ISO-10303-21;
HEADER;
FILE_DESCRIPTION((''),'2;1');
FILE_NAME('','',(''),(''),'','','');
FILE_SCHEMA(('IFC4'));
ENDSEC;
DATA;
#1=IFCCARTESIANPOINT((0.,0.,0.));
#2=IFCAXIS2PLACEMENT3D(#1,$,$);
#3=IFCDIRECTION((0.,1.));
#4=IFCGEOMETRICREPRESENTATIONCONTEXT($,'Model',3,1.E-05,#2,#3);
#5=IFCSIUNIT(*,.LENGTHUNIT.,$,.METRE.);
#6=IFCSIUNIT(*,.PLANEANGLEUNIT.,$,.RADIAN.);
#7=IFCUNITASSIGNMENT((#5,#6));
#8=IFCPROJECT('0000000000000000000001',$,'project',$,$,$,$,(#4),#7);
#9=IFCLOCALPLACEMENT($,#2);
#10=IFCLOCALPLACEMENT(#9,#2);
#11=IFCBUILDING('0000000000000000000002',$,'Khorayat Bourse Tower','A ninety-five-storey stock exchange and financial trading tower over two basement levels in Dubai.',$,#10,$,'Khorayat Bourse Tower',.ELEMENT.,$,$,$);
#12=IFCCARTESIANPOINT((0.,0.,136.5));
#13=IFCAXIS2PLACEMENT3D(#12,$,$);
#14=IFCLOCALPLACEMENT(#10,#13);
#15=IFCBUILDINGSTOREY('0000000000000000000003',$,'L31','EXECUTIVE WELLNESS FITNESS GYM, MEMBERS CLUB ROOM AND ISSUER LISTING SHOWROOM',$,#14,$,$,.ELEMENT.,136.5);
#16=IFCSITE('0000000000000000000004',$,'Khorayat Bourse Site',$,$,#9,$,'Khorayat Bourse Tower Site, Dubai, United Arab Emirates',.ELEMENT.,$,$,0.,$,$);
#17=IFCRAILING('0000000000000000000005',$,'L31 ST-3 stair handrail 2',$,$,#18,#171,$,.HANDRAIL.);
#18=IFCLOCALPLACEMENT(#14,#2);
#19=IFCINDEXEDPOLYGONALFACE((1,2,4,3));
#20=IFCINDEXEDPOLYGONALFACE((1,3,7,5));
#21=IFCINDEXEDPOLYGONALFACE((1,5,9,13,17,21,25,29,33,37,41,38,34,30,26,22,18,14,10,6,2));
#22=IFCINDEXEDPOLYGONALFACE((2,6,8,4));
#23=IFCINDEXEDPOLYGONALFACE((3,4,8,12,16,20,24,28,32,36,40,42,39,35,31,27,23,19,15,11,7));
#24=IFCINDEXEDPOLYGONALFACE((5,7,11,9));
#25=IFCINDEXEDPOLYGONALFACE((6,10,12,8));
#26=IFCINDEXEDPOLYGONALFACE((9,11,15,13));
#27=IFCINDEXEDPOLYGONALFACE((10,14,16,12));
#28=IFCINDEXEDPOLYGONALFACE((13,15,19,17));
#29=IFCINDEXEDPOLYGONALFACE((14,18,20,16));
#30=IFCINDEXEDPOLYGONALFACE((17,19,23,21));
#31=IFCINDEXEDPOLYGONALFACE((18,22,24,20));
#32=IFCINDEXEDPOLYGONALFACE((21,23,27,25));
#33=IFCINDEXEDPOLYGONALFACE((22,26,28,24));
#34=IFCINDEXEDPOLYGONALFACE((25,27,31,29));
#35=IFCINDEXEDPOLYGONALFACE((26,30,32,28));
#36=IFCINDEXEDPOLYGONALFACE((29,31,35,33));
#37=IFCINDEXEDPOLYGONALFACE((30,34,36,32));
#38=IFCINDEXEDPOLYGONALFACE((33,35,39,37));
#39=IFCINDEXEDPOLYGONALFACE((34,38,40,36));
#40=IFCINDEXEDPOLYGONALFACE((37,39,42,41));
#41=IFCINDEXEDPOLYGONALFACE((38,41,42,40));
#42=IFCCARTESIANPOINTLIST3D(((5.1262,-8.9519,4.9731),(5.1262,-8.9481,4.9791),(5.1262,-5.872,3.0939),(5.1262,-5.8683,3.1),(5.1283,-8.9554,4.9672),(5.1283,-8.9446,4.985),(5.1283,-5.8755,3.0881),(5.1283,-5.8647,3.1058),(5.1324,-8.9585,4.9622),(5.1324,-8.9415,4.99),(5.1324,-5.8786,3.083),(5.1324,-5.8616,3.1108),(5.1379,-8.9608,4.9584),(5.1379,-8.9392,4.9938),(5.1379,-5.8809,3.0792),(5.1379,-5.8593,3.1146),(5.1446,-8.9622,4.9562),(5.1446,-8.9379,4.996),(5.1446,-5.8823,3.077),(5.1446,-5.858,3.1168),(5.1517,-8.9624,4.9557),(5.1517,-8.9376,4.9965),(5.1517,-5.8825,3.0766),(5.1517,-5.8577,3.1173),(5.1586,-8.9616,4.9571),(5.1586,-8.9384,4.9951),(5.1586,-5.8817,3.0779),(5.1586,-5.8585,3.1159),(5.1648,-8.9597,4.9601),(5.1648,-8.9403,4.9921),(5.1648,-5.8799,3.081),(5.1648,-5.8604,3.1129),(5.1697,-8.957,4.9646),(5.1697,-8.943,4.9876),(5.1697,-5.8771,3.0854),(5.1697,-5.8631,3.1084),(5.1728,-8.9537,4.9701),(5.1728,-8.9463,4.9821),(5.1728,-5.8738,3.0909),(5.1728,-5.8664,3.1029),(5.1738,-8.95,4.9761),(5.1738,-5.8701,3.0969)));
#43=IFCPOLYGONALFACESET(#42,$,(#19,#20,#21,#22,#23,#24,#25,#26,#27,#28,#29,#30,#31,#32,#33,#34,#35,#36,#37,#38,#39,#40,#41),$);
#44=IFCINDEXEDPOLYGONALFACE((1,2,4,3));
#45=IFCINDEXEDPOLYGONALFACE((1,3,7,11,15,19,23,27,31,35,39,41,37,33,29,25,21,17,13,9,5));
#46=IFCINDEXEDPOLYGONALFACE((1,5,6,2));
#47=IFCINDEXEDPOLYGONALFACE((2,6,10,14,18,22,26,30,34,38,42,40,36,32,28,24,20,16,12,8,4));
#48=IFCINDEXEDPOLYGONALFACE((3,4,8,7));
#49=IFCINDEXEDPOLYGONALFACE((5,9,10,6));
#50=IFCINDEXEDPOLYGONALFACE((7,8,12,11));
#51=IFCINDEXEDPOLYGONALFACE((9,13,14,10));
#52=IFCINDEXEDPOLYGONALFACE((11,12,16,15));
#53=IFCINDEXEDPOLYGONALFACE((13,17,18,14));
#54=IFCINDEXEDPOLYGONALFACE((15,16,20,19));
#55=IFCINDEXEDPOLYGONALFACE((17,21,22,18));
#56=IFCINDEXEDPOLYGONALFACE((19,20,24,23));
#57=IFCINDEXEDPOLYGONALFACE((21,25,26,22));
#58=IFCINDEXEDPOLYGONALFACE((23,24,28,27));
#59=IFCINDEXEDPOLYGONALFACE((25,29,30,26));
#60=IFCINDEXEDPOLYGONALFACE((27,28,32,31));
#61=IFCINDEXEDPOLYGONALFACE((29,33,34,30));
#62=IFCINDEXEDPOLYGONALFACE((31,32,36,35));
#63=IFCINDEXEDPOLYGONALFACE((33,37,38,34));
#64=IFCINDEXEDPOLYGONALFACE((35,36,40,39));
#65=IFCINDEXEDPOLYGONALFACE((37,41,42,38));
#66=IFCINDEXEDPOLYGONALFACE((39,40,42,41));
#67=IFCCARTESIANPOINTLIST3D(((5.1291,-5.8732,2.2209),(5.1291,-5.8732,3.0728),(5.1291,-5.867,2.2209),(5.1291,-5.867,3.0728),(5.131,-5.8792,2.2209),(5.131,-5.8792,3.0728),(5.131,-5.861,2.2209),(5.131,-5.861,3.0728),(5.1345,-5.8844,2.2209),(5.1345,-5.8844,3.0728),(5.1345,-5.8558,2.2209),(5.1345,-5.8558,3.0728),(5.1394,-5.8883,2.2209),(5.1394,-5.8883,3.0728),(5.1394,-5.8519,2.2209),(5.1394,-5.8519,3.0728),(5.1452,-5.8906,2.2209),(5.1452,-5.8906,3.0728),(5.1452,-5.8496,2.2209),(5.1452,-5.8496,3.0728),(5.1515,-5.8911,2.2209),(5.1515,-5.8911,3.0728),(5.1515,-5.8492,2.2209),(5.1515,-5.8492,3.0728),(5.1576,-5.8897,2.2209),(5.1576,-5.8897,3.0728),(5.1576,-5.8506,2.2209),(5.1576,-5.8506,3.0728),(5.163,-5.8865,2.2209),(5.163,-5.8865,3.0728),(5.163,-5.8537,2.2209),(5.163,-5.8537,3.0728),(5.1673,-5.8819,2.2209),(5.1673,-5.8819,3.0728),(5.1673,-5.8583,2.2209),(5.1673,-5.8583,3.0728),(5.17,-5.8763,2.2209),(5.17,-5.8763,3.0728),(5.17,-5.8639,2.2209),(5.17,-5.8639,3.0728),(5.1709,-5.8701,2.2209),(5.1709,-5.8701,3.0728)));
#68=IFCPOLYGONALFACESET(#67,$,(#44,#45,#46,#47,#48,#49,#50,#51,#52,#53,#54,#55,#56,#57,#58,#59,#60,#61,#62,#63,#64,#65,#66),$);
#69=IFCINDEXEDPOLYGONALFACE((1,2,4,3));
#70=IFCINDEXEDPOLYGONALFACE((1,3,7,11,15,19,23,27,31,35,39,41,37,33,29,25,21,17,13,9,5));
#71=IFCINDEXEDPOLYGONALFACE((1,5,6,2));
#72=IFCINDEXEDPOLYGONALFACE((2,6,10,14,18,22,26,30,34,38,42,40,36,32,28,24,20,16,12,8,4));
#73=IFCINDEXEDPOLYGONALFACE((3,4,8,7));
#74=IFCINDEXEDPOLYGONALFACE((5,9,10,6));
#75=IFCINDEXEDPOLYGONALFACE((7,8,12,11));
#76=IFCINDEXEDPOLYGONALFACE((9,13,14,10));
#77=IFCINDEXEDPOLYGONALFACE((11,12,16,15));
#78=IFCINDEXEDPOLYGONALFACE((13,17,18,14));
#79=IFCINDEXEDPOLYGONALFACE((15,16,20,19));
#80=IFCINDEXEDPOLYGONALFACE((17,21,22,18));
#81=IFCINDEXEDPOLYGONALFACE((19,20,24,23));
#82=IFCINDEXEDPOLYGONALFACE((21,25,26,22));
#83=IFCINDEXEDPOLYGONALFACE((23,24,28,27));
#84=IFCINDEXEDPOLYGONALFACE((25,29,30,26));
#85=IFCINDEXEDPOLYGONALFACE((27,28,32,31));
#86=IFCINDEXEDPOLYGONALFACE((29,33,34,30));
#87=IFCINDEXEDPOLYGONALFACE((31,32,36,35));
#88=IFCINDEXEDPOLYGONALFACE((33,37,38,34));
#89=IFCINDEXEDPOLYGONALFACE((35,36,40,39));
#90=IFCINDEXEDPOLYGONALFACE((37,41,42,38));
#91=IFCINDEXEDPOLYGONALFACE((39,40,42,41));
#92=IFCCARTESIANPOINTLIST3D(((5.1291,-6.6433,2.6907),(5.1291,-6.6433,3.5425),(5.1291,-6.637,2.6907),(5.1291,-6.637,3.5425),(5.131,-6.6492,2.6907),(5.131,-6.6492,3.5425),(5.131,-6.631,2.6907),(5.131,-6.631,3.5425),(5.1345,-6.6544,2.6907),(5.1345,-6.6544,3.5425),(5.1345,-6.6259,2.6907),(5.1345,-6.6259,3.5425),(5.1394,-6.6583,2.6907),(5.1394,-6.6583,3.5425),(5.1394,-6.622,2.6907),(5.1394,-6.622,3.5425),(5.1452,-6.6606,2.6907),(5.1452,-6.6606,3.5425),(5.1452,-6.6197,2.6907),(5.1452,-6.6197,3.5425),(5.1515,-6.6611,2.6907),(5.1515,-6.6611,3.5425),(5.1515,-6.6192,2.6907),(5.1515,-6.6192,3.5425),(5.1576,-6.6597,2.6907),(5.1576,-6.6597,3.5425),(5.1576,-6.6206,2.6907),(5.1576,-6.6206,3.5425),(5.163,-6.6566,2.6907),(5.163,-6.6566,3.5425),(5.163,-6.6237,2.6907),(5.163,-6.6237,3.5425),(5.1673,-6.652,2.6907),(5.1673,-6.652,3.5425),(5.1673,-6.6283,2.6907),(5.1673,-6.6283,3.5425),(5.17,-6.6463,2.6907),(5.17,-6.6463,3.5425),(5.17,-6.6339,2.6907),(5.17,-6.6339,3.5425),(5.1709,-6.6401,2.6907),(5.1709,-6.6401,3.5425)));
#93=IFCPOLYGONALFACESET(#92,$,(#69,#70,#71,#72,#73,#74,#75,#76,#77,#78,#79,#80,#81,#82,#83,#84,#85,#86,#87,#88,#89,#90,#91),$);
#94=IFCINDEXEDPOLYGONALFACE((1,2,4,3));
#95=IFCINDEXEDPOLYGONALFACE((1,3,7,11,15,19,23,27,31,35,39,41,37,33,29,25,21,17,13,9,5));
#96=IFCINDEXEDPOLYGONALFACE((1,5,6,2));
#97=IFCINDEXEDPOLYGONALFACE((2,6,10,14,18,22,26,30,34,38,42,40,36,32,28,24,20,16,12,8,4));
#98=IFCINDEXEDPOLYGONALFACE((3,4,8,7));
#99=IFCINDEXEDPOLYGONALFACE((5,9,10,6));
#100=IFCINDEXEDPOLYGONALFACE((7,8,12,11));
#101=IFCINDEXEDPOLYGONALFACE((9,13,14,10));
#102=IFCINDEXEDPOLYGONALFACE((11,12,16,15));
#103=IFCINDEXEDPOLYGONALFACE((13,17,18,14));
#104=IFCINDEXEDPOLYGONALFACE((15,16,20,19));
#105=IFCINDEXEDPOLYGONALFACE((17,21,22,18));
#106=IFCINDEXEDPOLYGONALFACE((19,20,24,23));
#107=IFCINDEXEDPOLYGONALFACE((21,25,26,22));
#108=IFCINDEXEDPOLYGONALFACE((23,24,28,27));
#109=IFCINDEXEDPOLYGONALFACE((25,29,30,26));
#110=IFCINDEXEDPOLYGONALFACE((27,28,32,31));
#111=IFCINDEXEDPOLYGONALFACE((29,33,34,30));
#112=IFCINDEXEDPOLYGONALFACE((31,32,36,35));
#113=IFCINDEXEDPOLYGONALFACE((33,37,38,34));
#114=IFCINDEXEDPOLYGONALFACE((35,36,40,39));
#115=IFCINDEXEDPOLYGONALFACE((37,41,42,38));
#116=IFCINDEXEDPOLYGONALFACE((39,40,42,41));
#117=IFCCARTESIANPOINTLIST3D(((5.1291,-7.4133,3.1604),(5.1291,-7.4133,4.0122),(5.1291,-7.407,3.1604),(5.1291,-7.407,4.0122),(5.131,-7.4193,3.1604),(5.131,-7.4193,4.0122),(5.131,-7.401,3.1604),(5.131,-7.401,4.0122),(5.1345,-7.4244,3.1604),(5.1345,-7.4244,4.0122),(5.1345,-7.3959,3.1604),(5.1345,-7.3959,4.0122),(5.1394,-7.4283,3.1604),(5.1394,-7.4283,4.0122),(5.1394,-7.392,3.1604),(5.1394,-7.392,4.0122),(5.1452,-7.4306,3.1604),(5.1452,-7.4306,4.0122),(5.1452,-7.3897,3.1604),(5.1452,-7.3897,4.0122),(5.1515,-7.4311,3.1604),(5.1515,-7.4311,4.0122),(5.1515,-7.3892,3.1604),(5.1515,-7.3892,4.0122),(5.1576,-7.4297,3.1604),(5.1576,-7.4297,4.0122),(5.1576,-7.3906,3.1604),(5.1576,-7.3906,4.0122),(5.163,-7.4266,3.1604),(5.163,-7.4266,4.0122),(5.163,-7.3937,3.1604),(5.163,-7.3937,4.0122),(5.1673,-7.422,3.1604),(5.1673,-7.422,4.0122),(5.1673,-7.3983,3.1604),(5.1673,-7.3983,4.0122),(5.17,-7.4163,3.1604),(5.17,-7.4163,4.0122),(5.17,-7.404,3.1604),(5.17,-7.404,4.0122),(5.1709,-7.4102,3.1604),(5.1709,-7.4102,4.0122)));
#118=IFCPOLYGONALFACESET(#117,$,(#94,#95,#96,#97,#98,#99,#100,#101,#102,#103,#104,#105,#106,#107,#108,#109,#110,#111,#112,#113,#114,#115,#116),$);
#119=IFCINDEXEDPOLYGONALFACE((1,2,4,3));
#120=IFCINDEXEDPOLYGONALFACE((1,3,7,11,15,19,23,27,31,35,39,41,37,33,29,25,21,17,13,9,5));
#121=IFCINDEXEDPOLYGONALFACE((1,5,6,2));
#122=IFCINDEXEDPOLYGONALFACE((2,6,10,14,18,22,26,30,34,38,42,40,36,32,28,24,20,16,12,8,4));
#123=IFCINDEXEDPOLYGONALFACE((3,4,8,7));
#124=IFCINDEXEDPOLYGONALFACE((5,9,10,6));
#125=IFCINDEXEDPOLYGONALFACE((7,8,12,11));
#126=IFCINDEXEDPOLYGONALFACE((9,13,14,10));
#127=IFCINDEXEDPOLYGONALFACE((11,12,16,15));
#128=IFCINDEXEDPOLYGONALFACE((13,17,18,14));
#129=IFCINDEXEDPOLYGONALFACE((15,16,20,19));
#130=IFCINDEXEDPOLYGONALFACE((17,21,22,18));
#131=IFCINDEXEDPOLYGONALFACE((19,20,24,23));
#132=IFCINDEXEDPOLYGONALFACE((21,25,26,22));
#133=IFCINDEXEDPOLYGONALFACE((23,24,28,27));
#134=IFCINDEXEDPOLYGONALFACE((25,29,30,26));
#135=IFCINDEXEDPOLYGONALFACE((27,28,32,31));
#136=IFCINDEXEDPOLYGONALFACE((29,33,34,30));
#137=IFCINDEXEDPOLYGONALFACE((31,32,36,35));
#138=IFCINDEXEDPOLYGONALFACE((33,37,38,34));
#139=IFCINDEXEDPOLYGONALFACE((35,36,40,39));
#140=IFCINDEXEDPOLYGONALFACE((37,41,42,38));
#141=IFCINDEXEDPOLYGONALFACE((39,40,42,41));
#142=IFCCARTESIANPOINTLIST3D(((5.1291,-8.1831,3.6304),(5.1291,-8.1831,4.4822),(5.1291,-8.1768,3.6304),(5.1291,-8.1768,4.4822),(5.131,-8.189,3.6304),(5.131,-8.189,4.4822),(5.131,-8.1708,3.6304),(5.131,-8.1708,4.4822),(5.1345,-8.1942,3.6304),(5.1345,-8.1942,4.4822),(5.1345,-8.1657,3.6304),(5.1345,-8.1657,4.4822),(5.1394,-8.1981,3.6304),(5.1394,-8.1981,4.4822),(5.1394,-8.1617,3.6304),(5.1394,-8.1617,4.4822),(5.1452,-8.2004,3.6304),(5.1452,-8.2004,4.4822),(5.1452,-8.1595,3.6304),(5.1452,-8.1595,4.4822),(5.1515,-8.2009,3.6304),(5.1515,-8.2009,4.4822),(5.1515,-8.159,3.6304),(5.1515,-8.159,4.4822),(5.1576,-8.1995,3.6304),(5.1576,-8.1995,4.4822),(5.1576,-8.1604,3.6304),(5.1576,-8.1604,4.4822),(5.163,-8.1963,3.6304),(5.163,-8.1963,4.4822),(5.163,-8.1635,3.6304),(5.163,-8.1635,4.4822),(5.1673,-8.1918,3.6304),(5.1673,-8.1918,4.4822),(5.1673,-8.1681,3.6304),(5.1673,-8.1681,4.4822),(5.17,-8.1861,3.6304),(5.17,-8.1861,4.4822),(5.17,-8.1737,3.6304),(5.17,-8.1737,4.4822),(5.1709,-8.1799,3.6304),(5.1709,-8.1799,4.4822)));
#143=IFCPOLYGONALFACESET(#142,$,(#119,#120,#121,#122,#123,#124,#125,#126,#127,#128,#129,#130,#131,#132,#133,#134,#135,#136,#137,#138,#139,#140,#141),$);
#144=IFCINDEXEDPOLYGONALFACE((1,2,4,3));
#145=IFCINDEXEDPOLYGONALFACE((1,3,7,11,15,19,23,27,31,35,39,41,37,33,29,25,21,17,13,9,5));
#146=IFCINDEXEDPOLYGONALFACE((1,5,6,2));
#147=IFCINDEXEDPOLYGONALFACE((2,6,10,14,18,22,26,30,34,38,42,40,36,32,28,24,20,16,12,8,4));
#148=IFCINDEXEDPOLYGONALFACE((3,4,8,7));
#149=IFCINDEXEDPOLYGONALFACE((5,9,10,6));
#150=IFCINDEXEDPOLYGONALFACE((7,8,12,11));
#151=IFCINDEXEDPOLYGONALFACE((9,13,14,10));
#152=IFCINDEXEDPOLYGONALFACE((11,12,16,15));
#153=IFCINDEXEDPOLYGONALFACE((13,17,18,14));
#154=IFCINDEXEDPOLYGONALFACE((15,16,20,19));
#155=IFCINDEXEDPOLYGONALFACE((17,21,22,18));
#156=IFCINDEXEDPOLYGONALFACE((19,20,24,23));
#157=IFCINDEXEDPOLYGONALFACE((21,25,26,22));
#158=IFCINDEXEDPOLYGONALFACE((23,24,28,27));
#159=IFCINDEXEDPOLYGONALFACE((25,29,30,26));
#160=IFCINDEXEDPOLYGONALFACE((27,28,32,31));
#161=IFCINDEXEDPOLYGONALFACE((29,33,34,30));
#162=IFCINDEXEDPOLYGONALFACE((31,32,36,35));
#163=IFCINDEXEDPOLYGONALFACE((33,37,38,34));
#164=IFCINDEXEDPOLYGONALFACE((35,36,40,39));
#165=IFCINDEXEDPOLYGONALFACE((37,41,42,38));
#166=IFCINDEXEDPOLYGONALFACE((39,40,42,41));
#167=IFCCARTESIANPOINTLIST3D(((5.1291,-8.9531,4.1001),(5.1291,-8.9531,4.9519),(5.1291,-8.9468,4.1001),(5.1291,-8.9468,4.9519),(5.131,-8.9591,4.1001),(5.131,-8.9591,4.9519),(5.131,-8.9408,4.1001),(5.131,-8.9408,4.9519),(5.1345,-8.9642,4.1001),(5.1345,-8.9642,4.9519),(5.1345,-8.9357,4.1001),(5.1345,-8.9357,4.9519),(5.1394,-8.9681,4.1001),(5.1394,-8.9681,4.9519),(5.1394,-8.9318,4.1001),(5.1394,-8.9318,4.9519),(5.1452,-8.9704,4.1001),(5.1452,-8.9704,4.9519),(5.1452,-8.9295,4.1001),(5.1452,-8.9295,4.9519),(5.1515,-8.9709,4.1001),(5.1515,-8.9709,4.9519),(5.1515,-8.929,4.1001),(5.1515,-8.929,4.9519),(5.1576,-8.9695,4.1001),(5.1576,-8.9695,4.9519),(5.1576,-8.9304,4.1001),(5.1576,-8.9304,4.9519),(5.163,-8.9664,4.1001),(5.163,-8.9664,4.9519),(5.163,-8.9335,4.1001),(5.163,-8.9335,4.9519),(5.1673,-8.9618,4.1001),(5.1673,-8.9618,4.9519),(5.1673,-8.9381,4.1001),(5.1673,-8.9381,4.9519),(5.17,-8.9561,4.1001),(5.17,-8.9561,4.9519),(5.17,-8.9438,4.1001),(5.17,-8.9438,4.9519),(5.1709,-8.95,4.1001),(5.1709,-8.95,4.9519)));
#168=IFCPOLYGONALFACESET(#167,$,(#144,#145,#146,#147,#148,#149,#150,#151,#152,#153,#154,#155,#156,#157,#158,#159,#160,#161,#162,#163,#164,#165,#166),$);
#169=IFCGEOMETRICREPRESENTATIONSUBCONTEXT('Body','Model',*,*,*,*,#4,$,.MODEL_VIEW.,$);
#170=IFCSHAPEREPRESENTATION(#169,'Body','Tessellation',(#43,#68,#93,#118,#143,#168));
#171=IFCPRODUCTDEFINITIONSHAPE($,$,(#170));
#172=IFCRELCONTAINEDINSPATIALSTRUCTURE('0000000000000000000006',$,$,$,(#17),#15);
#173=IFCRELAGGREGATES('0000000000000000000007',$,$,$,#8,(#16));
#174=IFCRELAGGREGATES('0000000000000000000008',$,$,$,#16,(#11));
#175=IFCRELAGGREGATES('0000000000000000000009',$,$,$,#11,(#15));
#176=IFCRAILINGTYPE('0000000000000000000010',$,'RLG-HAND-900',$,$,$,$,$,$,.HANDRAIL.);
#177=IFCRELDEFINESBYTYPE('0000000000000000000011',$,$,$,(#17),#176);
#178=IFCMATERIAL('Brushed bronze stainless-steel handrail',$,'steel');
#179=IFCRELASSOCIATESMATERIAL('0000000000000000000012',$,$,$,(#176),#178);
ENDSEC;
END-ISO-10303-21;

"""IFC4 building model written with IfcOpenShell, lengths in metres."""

from ifc_helpers import new_model, si_unit, direction, frame, origin, origin_2d, place, context, subcontext, project, spatial, circle, extrude, source, transform, mapped, material, type_object, element, save


model = new_model("IFC4")

# Units and contexts
model_context = context("Model", 3, precision=1e-05, world=origin(), true_north=direction((0.0, 1.0)))
body_context = subcontext(model_context, "Body", "Model", "MODEL_VIEW")
ifc_project = project(units=[si_unit("LENGTHUNIT", "METRE"), si_unit("PLANEANGLEUNIT", "RADIAN")], contexts=[model_context])

# Site, building, storey
site_placement = place(None, origin())
site = spatial("IfcSite", under=ifc_project, at=site_placement, Name="Khorayat Bourse Site", LongName="Khorayat Bourse Tower Site, Dubai, United Arab Emirates", CompositionType="ELEMENT", RefElevation=0.0)
building_placement = place(site_placement, origin())
building = spatial("IfcBuilding", under=site, at=building_placement, Name="Khorayat Bourse Tower", Description="A ninety-five-storey stock exchange and financial trading tower over two basement levels in Dubai.", LongName="Khorayat Bourse Tower", CompositionType="ELEMENT")
storey_placement = place(building_placement, frame((0.0, 0.0, 136.5)))
storey = spatial("IfcBuildingStorey", under=building, at=storey_placement, Name="L31", Description="EXECUTIVE WELLNESS FITNESS GYM, MEMBERS CLUB ROOM AND ISSUER LISTING SHOWROOM", CompositionType="ELEMENT", Elevation=136.5)

# Railing
ifc_material_1 = material(Name="Brushed bronze stainless-steel handrail", Category="steel")
railing_type_1 = type_object("IfcRailingType", Name="RLG-HAND-900", PredefinedType="HANDRAIL", material=ifc_material_1)
shared_shape_1 = source(origin(), body_context, "Body", "SweptSolid", [
    extrude(circle(Radius=0.0239, at=origin_2d()), frame((0.0, 0.0, 0.876), z_axis=(0.0, -0.853648, 0.52085), x_axis=(1.0, 0.0, 0.0)), (0.0, 0.0, 1.0), 3.6079),
    extrude(circle(Radius=0.021, at=origin_2d()), origin(), (0.0, 0.0, 1.0), 0.8518),
    extrude(circle(Radius=0.021, at=origin_2d()), frame((0.0, -0.77, 0.4697)), (0.0, 0.0, 1.0), 0.8518),
    extrude(circle(Radius=0.021, at=origin_2d()), frame((0.0, -1.54, 0.9395)), (0.0, 0.0, 1.0), 0.8518),
    extrude(circle(Radius=0.021, at=origin_2d()), frame((0.0, -2.3098, 1.4094)), (0.0, 0.0, 1.0), 0.8518),
    extrude(circle(Radius=0.021, at=origin_2d()), frame((0.0, -3.0798, 1.8792)), (0.0, 0.0, 1.0), 0.8518),
])
railing_1_placement = place(storey_placement, frame((5.1499, -5.8701, 2.2209)))
element("IfcRailing", 1, at=railing_1_placement, inside=storey, type_object=railing_type_1, Name="L31 ST-3 stair handrail 2", PredefinedType="HANDRAIL", context=body_context, shape_type="MappedRepresentation", body=[
    mapped(shared_shape_1, transform((0.0, 0.0, 0.0), scale=1.0)),
])

save(model, "model.ifc")
